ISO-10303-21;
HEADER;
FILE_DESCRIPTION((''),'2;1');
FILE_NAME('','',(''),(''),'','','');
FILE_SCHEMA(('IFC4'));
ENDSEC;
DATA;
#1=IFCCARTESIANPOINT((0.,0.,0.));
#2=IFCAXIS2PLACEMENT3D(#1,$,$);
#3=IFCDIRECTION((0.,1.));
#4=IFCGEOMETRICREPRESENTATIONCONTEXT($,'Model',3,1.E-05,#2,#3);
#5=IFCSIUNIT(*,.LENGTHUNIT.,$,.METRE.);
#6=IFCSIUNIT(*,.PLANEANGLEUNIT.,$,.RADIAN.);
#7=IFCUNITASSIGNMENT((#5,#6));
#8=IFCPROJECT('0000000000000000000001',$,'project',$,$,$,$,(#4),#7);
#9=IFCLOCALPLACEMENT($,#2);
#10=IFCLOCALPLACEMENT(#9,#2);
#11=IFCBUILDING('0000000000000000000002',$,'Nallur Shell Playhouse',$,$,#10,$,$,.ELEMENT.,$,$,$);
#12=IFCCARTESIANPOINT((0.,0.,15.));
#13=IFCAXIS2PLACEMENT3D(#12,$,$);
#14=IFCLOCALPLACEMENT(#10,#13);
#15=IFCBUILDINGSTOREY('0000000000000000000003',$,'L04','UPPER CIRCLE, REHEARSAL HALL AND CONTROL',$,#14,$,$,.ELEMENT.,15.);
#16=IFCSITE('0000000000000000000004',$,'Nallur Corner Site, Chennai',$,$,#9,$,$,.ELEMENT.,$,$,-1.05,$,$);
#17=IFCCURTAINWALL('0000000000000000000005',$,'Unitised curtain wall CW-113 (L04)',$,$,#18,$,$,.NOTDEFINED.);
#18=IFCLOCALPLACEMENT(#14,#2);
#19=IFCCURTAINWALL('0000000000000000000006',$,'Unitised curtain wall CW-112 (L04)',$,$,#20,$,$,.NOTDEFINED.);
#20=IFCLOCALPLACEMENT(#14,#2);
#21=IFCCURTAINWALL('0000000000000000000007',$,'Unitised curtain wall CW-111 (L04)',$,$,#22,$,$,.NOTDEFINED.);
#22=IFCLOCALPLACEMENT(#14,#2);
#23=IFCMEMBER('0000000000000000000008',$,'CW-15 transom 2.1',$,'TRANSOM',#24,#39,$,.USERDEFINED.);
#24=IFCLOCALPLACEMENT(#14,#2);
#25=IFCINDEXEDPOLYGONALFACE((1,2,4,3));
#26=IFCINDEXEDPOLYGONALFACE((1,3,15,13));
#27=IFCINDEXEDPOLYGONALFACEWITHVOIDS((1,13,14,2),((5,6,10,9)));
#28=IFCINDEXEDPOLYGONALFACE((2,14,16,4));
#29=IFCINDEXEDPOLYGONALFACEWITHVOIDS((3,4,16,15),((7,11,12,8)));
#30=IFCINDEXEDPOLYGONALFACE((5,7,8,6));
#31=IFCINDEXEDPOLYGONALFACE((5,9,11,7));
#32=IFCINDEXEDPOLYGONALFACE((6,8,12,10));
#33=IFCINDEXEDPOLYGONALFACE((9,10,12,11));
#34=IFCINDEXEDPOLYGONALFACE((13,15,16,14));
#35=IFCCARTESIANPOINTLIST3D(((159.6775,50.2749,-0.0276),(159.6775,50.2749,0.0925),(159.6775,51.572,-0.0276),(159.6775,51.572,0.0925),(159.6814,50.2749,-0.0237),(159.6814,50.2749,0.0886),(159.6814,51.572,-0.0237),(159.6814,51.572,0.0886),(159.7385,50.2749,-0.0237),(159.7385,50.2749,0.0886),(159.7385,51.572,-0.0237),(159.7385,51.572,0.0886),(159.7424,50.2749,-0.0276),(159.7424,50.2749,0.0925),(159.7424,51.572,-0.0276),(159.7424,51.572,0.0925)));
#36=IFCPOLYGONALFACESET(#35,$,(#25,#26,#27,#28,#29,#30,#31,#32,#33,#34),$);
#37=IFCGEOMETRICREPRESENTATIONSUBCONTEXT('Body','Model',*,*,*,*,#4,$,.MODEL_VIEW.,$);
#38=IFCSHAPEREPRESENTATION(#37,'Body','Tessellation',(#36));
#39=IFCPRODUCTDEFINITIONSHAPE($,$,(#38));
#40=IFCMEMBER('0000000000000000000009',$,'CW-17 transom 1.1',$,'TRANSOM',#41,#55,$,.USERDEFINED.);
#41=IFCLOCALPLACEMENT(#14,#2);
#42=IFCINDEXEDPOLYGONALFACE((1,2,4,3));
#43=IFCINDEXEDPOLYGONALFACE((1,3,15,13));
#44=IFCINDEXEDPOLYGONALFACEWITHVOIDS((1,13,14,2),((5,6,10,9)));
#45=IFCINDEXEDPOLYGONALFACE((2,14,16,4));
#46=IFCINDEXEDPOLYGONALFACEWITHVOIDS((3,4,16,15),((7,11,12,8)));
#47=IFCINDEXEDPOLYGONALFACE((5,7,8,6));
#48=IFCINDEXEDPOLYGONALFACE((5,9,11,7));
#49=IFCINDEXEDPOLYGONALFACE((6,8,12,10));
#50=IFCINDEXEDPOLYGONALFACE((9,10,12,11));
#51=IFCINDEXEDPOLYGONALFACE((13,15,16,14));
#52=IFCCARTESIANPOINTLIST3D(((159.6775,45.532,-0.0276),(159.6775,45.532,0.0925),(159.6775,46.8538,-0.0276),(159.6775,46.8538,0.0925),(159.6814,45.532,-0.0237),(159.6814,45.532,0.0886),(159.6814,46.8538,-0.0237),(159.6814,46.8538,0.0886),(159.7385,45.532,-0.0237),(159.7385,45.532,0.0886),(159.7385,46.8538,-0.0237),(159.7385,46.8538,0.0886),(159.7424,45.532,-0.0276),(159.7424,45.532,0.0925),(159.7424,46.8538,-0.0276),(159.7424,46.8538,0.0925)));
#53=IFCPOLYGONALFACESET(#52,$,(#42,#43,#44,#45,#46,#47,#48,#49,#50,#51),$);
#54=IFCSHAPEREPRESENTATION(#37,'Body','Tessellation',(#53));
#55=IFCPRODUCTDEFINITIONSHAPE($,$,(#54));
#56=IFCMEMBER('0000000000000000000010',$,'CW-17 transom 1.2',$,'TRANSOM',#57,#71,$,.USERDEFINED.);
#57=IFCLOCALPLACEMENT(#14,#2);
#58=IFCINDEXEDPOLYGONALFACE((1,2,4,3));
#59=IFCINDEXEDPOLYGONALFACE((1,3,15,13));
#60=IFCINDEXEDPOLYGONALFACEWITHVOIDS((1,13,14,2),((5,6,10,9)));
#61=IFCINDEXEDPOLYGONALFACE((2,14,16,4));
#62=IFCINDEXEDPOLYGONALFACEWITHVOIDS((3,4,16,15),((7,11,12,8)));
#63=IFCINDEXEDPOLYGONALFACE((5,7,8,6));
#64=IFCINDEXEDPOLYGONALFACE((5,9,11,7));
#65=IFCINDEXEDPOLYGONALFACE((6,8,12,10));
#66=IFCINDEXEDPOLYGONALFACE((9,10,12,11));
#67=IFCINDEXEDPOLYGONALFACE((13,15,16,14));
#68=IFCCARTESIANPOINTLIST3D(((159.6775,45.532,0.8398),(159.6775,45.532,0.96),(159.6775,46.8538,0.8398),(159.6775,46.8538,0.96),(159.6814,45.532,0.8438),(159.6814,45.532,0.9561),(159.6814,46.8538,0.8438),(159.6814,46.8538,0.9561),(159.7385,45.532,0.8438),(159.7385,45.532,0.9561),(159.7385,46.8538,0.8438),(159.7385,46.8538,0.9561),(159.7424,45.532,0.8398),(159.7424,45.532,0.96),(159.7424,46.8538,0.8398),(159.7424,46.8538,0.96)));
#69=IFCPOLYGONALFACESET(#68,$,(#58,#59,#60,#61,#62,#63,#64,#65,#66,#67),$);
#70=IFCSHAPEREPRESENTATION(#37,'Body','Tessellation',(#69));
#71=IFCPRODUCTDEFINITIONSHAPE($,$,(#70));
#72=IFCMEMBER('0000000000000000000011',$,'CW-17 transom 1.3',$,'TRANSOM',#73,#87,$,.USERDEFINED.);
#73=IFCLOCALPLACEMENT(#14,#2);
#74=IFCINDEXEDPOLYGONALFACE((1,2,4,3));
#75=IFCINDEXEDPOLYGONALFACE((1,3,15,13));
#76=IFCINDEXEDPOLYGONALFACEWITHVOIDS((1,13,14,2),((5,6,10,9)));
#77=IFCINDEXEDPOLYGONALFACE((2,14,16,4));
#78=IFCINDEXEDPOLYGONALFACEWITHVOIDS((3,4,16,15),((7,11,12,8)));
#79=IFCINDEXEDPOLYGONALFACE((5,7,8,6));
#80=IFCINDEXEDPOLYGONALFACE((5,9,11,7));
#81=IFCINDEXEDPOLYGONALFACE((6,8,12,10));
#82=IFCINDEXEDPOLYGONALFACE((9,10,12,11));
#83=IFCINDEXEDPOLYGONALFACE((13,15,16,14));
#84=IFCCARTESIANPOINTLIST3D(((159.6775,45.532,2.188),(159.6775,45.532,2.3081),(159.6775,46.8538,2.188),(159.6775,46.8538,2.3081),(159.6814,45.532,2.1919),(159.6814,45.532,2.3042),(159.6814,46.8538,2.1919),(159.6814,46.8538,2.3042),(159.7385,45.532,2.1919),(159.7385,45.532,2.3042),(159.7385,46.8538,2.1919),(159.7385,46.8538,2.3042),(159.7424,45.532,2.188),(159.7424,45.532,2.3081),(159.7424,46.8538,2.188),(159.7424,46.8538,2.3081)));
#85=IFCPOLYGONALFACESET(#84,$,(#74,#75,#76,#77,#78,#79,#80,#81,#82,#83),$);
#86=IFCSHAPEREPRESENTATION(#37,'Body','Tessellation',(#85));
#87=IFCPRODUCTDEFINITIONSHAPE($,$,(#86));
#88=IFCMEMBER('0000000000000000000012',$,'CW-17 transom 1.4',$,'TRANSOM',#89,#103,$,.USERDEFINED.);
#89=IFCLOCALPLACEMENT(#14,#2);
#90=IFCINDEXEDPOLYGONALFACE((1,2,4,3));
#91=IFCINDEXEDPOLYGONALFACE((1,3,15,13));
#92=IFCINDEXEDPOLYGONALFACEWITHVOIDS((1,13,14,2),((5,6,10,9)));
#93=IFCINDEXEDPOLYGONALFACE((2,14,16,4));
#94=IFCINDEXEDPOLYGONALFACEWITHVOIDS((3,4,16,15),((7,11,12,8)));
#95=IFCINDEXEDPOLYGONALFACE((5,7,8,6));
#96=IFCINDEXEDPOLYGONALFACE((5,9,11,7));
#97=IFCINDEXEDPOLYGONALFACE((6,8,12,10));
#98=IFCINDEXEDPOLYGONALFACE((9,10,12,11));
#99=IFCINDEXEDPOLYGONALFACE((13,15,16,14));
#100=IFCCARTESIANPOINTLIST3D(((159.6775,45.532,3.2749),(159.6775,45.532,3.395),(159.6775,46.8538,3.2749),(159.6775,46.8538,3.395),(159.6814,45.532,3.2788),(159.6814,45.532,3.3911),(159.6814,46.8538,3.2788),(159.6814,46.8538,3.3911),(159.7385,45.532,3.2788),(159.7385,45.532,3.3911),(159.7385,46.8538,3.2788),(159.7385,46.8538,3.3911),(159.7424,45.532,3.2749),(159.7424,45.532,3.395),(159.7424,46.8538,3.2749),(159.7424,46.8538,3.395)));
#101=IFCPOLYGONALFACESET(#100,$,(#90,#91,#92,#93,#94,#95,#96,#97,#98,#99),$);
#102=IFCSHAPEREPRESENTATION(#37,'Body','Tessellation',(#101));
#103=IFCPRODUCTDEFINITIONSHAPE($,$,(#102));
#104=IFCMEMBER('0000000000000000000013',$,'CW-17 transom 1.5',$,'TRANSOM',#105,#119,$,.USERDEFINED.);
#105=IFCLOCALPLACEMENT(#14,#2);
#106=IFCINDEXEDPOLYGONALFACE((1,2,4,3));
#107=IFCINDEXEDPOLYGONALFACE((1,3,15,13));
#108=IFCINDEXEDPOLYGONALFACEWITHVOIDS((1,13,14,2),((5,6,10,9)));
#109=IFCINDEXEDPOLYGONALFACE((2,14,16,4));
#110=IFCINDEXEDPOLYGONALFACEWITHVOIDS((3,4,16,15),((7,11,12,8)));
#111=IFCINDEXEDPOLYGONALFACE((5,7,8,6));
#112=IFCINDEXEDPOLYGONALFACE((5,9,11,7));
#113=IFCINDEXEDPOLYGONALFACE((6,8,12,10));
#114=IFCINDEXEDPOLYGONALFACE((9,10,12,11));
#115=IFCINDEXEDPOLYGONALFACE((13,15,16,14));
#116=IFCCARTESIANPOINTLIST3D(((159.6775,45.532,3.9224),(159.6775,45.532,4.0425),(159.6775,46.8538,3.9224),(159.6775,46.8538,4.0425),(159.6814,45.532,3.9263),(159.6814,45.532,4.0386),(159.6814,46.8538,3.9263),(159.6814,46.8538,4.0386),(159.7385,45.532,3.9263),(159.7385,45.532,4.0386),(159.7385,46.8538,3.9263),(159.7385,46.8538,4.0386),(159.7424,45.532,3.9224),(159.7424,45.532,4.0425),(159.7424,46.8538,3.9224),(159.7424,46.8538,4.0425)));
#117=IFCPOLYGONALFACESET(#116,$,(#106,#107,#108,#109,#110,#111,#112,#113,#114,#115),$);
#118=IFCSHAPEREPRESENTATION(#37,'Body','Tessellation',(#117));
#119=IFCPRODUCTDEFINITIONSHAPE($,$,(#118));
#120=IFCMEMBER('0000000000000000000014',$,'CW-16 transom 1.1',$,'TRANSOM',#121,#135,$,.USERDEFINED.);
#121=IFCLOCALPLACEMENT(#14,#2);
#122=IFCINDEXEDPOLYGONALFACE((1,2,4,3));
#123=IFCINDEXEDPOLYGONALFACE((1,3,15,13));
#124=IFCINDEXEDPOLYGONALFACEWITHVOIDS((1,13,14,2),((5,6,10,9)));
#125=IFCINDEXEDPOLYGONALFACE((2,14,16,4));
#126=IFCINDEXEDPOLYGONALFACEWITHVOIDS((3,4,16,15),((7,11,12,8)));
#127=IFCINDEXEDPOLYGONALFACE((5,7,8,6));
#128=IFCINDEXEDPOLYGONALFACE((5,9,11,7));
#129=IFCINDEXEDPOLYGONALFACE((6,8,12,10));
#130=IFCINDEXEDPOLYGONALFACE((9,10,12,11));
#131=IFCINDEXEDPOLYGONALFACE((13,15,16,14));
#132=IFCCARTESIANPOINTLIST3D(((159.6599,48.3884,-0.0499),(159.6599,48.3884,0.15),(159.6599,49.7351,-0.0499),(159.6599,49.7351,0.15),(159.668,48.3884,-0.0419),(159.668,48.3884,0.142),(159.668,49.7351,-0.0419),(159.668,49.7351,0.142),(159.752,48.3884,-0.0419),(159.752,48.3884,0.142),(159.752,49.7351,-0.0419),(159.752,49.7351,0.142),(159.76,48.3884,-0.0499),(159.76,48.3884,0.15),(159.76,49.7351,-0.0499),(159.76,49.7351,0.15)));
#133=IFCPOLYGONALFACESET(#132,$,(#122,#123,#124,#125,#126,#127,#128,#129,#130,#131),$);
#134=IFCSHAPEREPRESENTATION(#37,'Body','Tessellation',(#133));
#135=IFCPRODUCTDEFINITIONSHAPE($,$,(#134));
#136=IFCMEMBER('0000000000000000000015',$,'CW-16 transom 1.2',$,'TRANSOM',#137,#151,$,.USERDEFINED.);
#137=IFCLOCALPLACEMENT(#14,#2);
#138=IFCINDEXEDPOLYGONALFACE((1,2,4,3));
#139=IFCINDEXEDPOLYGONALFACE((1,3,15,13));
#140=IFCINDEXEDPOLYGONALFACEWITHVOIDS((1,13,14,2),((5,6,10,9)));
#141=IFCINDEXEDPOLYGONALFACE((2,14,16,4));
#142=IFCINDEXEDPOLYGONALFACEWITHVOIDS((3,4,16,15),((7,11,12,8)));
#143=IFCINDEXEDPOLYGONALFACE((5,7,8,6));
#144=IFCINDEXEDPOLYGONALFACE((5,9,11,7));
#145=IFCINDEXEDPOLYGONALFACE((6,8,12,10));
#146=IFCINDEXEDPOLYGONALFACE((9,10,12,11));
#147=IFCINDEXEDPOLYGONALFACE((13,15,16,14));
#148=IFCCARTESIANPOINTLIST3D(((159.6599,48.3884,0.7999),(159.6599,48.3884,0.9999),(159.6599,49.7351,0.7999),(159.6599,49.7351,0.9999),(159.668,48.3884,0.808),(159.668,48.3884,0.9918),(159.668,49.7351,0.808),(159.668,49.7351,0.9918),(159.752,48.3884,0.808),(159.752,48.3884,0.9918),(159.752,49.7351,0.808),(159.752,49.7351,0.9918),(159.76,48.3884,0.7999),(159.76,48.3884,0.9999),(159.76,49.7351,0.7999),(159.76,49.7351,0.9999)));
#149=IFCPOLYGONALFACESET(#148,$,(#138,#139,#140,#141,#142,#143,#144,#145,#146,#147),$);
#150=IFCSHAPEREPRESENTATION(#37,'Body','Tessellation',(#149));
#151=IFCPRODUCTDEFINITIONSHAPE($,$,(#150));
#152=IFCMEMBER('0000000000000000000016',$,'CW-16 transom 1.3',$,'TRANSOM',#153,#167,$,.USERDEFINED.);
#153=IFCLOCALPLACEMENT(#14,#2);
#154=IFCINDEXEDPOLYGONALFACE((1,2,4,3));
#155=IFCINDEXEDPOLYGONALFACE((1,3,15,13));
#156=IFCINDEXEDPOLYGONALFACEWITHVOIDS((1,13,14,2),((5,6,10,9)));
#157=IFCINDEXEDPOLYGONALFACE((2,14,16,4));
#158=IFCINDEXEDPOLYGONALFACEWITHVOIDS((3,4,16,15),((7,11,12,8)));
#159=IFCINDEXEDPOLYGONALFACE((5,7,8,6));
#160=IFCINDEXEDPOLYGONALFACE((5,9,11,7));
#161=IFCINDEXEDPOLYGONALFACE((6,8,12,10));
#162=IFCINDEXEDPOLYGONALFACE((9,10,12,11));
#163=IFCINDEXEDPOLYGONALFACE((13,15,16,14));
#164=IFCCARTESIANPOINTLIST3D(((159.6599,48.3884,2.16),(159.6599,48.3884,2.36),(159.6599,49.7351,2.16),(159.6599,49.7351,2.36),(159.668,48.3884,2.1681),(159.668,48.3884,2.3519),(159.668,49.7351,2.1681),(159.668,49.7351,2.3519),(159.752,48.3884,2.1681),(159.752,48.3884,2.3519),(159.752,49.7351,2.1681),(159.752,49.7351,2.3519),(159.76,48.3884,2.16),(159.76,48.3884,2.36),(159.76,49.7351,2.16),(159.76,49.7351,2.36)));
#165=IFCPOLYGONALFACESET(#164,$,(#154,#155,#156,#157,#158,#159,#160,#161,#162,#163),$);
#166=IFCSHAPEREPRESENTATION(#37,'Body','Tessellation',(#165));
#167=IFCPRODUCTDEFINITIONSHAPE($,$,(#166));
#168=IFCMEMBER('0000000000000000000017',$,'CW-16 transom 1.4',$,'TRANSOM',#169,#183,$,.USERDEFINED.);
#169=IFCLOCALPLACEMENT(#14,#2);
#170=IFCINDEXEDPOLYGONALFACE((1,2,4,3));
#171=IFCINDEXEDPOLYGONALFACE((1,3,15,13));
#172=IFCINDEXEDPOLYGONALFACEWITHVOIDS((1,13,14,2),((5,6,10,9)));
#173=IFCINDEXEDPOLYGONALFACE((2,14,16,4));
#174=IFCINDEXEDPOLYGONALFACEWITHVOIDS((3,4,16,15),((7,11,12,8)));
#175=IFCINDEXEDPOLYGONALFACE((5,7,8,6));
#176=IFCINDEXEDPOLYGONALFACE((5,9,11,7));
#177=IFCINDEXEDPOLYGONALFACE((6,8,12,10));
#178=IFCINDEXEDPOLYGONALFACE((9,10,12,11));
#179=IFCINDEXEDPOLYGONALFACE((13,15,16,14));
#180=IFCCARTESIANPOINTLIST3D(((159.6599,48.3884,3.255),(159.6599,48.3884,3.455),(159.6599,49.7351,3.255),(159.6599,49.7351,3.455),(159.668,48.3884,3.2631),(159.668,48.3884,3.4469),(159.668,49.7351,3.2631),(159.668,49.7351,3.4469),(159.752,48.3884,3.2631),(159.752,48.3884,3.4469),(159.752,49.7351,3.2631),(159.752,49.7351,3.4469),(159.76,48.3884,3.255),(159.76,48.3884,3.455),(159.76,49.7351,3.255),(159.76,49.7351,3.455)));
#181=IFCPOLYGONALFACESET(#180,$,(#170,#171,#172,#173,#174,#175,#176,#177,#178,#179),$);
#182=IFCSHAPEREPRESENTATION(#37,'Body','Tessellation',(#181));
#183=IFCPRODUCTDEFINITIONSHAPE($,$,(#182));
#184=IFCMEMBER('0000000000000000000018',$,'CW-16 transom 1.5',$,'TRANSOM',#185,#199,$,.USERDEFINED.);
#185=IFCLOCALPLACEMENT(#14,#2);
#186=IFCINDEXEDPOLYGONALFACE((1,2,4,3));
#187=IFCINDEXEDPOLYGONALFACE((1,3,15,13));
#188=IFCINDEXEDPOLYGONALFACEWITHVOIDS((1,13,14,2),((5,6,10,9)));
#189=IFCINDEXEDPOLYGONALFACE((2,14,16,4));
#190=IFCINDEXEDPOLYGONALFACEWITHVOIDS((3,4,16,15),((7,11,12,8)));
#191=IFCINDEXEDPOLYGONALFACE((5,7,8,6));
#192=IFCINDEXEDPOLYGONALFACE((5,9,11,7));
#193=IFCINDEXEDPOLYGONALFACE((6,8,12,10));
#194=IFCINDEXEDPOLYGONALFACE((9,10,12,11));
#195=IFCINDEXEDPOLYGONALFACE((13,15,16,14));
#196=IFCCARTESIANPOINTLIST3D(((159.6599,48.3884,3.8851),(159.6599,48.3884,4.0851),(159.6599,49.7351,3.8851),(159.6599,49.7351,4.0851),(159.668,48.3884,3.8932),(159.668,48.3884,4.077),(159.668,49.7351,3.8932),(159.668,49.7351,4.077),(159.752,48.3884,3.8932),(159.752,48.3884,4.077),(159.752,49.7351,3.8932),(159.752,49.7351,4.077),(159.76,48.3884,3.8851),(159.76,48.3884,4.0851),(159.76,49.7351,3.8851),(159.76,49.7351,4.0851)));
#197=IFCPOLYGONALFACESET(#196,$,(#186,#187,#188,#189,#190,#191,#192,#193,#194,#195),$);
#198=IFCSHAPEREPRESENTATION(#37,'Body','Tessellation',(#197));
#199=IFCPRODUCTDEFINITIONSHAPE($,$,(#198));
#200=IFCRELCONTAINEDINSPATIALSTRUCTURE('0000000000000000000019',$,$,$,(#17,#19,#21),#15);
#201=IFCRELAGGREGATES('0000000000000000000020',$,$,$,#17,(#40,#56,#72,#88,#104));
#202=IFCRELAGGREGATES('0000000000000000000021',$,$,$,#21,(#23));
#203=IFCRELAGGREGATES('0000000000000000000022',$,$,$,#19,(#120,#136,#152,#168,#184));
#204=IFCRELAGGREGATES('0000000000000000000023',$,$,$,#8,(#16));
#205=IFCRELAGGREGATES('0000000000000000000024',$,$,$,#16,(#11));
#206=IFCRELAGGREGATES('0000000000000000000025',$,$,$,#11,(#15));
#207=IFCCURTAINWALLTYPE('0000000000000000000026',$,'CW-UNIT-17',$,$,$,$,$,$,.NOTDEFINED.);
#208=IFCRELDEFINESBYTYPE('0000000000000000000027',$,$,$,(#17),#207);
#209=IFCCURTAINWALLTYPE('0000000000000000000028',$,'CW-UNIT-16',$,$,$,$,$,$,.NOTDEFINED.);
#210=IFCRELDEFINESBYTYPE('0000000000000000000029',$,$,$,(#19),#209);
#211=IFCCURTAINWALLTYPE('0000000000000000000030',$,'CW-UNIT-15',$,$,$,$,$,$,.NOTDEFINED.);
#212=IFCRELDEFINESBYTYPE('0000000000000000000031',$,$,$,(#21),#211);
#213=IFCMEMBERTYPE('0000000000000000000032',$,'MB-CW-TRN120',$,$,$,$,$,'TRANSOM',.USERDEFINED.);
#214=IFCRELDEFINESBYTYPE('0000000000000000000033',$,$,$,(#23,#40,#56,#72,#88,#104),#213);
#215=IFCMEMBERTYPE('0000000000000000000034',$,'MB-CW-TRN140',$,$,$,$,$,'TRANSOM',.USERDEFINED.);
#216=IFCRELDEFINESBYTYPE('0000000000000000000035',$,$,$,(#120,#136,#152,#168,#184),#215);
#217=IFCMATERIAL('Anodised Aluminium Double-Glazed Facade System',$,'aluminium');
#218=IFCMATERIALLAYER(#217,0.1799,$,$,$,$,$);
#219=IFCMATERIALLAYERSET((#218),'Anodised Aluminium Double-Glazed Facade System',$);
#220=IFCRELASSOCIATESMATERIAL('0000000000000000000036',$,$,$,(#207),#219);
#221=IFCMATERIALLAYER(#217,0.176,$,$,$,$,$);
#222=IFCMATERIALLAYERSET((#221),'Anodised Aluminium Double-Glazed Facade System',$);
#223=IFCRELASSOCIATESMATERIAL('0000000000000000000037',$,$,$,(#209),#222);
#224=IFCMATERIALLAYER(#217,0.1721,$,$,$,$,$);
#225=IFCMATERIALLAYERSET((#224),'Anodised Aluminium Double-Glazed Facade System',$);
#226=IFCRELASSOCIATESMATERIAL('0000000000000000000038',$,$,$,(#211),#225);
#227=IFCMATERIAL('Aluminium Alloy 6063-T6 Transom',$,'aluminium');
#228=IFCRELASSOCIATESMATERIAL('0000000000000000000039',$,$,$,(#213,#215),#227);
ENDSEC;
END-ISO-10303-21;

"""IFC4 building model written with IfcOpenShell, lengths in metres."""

from ifc_helpers import new_model, si_unit, direction, frame, origin, origin_2d, place, context, subcontext, project, spatial, hollow_rectangle, extrude, material, layer, layer_set, material_profile, profile_set, type_object, element, aggregate, save


model = new_model("IFC4")

# Units and contexts
model_context = context("Model", 3, precision=1e-05, world=origin(), true_north=direction((0.0, 1.0)))
body_context = subcontext(model_context, "Body", "Model", "MODEL_VIEW")
ifc_project = project(units=[si_unit("LENGTHUNIT", "METRE"), si_unit("PLANEANGLEUNIT", "RADIAN")], contexts=[model_context])

# Site, building, storey
site_placement = place(None, origin())
site = spatial("IfcSite", under=ifc_project, at=site_placement, Name="Nallur Corner Site, Chennai", CompositionType="ELEMENT", RefElevation=-1.05)
building_placement = place(site_placement, origin())
building = spatial("IfcBuilding", under=site, at=building_placement, Name="Nallur Shell Playhouse", CompositionType="ELEMENT")
storey_placement = place(building_placement, frame((0.0, 0.0, 15.0)))
storey = spatial("IfcBuildingStorey", under=building, at=storey_placement, Name="L04", Description="UPPER CIRCLE, REHEARSAL HALL AND CONTROL", CompositionType="ELEMENT", Elevation=15.0)

# Curtain wall
ifc_material_1 = material(Name="Anodised Aluminium Double-Glazed Facade System", Category="aluminium")
ifc_layer_1 = layer(ifc_material_1, 0.1799)
ifc_layer_set_1 = layer_set([ifc_layer_1], Name="Anodised Aluminium Double-Glazed Facade System")
curtain_wall_type_1 = type_object("IfcCurtainWallType", Name="CW-UNIT-17", PredefinedType="NOTDEFINED", material=ifc_layer_set_1)
curtain_wall_1_placement = place(storey_placement, origin())
curtain_wall_1 = element("IfcCurtainWall", 1, at=curtain_wall_1_placement, inside=storey, type_object=curtain_wall_type_1, Name="Unitised curtain wall CW-113 (L04)", PredefinedType="NOTDEFINED")

# Curtain walls, member
ifc_layer_2 = layer(ifc_material_1, 0.176)
ifc_layer_set_2 = layer_set([ifc_layer_2], Name="Anodised Aluminium Double-Glazed Facade System")
curtain_wall_type_2 = type_object("IfcCurtainWallType", Name="CW-UNIT-16", PredefinedType="NOTDEFINED", material=ifc_layer_set_2)
curtain_wall_2_placement = place(storey_placement, origin())
curtain_wall_2 = element("IfcCurtainWall", 2, at=curtain_wall_2_placement, inside=storey, type_object=curtain_wall_type_2, Name="Unitised curtain wall CW-112 (L04)", PredefinedType="NOTDEFINED")
ifc_layer_3 = layer(ifc_material_1, 0.1721)
ifc_layer_set_3 = layer_set([ifc_layer_3], Name="Anodised Aluminium Double-Glazed Facade System")
curtain_wall_type_3 = type_object("IfcCurtainWallType", Name="CW-UNIT-15", PredefinedType="NOTDEFINED", material=ifc_layer_set_3)
curtain_wall_3_placement = place(storey_placement, origin())
curtain_wall_3 = element("IfcCurtainWall", 3, at=curtain_wall_3_placement, inside=storey, type_object=curtain_wall_type_3, Name="Unitised curtain wall CW-111 (L04)", PredefinedType="NOTDEFINED")
ifc_material_2 = material(Name="Aluminium Alloy 6063-T6 Transom", Category="aluminium")
ifc_material_profile_1 = material_profile(ifc_material_2, hollow_rectangle(XDim=0.0649, YDim=0.1201, WallThickness=0.0039, at=origin_2d()), Name="ALU 65x120x4")
ifc_profile_set_1 = profile_set([ifc_material_profile_1], Name="Aluminium Alloy 6063-T6 Transom")
member_type_1 = type_object("IfcMemberType", Name="MB-CW-TRN120", ElementType="TRANSOM", PredefinedType="USERDEFINED", material=ifc_profile_set_1)
member_1_placement = place(storey_placement, frame((159.71, 51.572, 0.0325), z_axis=(0.0, -1.0, 0.0), x_axis=(1.0, 0.0, 0.0)))
member_1 = element("IfcMember", 4, at=member_1_placement, type_object=member_type_1, Name="CW-15 transom 2.1", ObjectType="TRANSOM", PredefinedType="USERDEFINED", context=body_context, shape_type="SweptSolid", body=[
    extrude(hollow_rectangle(XDim=0.0649, YDim=0.1201, WallThickness=0.0039, at=origin_2d()), origin(), (0.0, 0.0, 1.0), 1.2971),
])

# Members
member_2_placement = place(storey_placement, frame((159.71, 46.8538, 0.0325), z_axis=(0.0, -1.0, 0.0), x_axis=(1.0, 0.0, 0.0)))
member_2 = element("IfcMember", 5, at=member_2_placement, type_object=member_type_1, Name="CW-17 transom 1.1", ObjectType="TRANSOM", PredefinedType="USERDEFINED", context=body_context, shape_type="SweptSolid", body=[
    extrude(hollow_rectangle(XDim=0.0649, YDim=0.1201, WallThickness=0.0039, at=origin_2d()), origin(), (0.0, 0.0, 1.0), 1.3218),
])
member_3_placement = place(storey_placement, frame((159.71, 46.8538, 0.8999), z_axis=(0.0, -1.0, 0.0), x_axis=(1.0, 0.0, 0.0)))
member_3 = element("IfcMember", 6, at=member_3_placement, type_object=member_type_1, Name="CW-17 transom 1.2", ObjectType="TRANSOM", PredefinedType="USERDEFINED", context=body_context, shape_type="SweptSolid", body=[
    extrude(hollow_rectangle(XDim=0.0649, YDim=0.1201, WallThickness=0.0039, at=origin_2d()), origin(), (0.0, 0.0, 1.0), 1.3218),
])
member_4_placement = place(storey_placement, frame((159.71, 46.8538, 2.248), z_axis=(0.0, -1.0, 0.0), x_axis=(1.0, 0.0, 0.0)))
member_4 = element("IfcMember", 7, at=member_4_placement, type_object=member_type_1, Name="CW-17 transom 1.3", ObjectType="TRANSOM", PredefinedType="USERDEFINED", context=body_context, shape_type="SweptSolid", body=[
    extrude(hollow_rectangle(XDim=0.0649, YDim=0.1201, WallThickness=0.0039, at=origin_2d()), origin(), (0.0, 0.0, 1.0), 1.3218),
])
member_5_placement = place(storey_placement, frame((159.71, 46.8538, 3.335), z_axis=(0.0, -1.0, 0.0), x_axis=(1.0, 0.0, 0.0)))
member_5 = element("IfcMember", 8, at=member_5_placement, type_object=member_type_1, Name="CW-17 transom 1.4", ObjectType="TRANSOM", PredefinedType="USERDEFINED", context=body_context, shape_type="SweptSolid", body=[
    extrude(hollow_rectangle(XDim=0.0649, YDim=0.1201, WallThickness=0.0039, at=origin_2d()), origin(), (0.0, 0.0, 1.0), 1.3218),
])
member_6_placement = place(storey_placement, frame((159.71, 46.8538, 3.9824), z_axis=(0.0, -1.0, 0.0), x_axis=(1.0, 0.0, 0.0)))
member_6 = element("IfcMember", 9, at=member_6_placement, type_object=member_type_1, Name="CW-17 transom 1.5", ObjectType="TRANSOM", PredefinedType="USERDEFINED", context=body_context, shape_type="SweptSolid", body=[
    extrude(hollow_rectangle(XDim=0.0649, YDim=0.1201, WallThickness=0.0039, at=origin_2d()), origin(), (0.0, 0.0, 1.0), 1.3218),
])
aggregate(curtain_wall_1, [member_2, member_3, member_4, member_5, member_6])
ifc_material_profile_2 = material_profile(ifc_material_2, hollow_rectangle(XDim=0.1001, YDim=0.2, WallThickness=0.0081, at=origin_2d()), Name="RHS 200x100x8")
ifc_profile_set_2 = profile_set([ifc_material_profile_2], Name="Aluminium Alloy 6063-T6 Transom")
member_type_2 = type_object("IfcMemberType", Name="MB-CW-TRN140", ElementType="TRANSOM", PredefinedType="USERDEFINED", material=ifc_profile_set_2)
member_7_placement = place(storey_placement, frame((159.71, 49.7351, 0.05), z_axis=(0.0, -1.0, 0.0), x_axis=(1.0, 0.0, 0.0)))
member_7 = element("IfcMember", 10, at=member_7_placement, type_object=member_type_2, Name="CW-16 transom 1.1", ObjectType="TRANSOM", PredefinedType="USERDEFINED", context=body_context, shape_type="SweptSolid", body=[
    extrude(hollow_rectangle(XDim=0.1001, YDim=0.2, WallThickness=0.0081, at=origin_2d()), origin(), (0.0, 0.0, 1.0), 1.3467),
])
member_8_placement = place(storey_placement, frame((159.71, 49.7351, 0.8999), z_axis=(0.0, -1.0, 0.0), x_axis=(1.0, 0.0, 0.0)))
member_8 = element("IfcMember", 11, at=member_8_placement, type_object=member_type_2, Name="CW-16 transom 1.2", ObjectType="TRANSOM", PredefinedType="USERDEFINED", context=body_context, shape_type="SweptSolid", body=[
    extrude(hollow_rectangle(XDim=0.1001, YDim=0.2, WallThickness=0.0081, at=origin_2d()), origin(), (0.0, 0.0, 1.0), 1.3467),
])
member_9_placement = place(storey_placement, frame((159.71, 49.7351, 2.26), z_axis=(0.0, -1.0, 0.0), x_axis=(1.0, 0.0, 0.0)))
member_9 = element("IfcMember", 12, at=member_9_placement, type_object=member_type_2, Name="CW-16 transom 1.3", ObjectType="TRANSOM", PredefinedType="USERDEFINED", context=body_context, shape_type="SweptSolid", body=[
    extrude(hollow_rectangle(XDim=0.1001, YDim=0.2, WallThickness=0.0081, at=origin_2d()), origin(), (0.0, 0.0, 1.0), 1.3467),
])
member_10_placement = place(storey_placement, frame((159.71, 49.7351, 3.355), z_axis=(0.0, -1.0, 0.0), x_axis=(1.0, 0.0, 0.0)))
member_10 = element("IfcMember", 13, at=member_10_placement, type_object=member_type_2, Name="CW-16 transom 1.4", ObjectType="TRANSOM", PredefinedType="USERDEFINED", context=body_context, shape_type="SweptSolid", body=[
    extrude(hollow_rectangle(XDim=0.1001, YDim=0.2, WallThickness=0.0081, at=origin_2d()), origin(), (0.0, 0.0, 1.0), 1.3467),
])
member_11_placement = place(storey_placement, frame((159.71, 49.7351, 3.9851), z_axis=(0.0, -1.0, 0.0), x_axis=(1.0, 0.0, 0.0)))
member_11 = element("IfcMember", 14, at=member_11_placement, type_object=member_type_2, Name="CW-16 transom 1.5", ObjectType="TRANSOM", PredefinedType="USERDEFINED", context=body_context, shape_type="SweptSolid", body=[
    extrude(hollow_rectangle(XDim=0.1001, YDim=0.2, WallThickness=0.0081, at=origin_2d()), origin(), (0.0, 0.0, 1.0), 1.3467),
])

aggregate(curtain_wall_3, [member_1])
aggregate(curtain_wall_2, [member_7, member_8, member_9, member_10, member_11])

save(model, "model.ifc")
